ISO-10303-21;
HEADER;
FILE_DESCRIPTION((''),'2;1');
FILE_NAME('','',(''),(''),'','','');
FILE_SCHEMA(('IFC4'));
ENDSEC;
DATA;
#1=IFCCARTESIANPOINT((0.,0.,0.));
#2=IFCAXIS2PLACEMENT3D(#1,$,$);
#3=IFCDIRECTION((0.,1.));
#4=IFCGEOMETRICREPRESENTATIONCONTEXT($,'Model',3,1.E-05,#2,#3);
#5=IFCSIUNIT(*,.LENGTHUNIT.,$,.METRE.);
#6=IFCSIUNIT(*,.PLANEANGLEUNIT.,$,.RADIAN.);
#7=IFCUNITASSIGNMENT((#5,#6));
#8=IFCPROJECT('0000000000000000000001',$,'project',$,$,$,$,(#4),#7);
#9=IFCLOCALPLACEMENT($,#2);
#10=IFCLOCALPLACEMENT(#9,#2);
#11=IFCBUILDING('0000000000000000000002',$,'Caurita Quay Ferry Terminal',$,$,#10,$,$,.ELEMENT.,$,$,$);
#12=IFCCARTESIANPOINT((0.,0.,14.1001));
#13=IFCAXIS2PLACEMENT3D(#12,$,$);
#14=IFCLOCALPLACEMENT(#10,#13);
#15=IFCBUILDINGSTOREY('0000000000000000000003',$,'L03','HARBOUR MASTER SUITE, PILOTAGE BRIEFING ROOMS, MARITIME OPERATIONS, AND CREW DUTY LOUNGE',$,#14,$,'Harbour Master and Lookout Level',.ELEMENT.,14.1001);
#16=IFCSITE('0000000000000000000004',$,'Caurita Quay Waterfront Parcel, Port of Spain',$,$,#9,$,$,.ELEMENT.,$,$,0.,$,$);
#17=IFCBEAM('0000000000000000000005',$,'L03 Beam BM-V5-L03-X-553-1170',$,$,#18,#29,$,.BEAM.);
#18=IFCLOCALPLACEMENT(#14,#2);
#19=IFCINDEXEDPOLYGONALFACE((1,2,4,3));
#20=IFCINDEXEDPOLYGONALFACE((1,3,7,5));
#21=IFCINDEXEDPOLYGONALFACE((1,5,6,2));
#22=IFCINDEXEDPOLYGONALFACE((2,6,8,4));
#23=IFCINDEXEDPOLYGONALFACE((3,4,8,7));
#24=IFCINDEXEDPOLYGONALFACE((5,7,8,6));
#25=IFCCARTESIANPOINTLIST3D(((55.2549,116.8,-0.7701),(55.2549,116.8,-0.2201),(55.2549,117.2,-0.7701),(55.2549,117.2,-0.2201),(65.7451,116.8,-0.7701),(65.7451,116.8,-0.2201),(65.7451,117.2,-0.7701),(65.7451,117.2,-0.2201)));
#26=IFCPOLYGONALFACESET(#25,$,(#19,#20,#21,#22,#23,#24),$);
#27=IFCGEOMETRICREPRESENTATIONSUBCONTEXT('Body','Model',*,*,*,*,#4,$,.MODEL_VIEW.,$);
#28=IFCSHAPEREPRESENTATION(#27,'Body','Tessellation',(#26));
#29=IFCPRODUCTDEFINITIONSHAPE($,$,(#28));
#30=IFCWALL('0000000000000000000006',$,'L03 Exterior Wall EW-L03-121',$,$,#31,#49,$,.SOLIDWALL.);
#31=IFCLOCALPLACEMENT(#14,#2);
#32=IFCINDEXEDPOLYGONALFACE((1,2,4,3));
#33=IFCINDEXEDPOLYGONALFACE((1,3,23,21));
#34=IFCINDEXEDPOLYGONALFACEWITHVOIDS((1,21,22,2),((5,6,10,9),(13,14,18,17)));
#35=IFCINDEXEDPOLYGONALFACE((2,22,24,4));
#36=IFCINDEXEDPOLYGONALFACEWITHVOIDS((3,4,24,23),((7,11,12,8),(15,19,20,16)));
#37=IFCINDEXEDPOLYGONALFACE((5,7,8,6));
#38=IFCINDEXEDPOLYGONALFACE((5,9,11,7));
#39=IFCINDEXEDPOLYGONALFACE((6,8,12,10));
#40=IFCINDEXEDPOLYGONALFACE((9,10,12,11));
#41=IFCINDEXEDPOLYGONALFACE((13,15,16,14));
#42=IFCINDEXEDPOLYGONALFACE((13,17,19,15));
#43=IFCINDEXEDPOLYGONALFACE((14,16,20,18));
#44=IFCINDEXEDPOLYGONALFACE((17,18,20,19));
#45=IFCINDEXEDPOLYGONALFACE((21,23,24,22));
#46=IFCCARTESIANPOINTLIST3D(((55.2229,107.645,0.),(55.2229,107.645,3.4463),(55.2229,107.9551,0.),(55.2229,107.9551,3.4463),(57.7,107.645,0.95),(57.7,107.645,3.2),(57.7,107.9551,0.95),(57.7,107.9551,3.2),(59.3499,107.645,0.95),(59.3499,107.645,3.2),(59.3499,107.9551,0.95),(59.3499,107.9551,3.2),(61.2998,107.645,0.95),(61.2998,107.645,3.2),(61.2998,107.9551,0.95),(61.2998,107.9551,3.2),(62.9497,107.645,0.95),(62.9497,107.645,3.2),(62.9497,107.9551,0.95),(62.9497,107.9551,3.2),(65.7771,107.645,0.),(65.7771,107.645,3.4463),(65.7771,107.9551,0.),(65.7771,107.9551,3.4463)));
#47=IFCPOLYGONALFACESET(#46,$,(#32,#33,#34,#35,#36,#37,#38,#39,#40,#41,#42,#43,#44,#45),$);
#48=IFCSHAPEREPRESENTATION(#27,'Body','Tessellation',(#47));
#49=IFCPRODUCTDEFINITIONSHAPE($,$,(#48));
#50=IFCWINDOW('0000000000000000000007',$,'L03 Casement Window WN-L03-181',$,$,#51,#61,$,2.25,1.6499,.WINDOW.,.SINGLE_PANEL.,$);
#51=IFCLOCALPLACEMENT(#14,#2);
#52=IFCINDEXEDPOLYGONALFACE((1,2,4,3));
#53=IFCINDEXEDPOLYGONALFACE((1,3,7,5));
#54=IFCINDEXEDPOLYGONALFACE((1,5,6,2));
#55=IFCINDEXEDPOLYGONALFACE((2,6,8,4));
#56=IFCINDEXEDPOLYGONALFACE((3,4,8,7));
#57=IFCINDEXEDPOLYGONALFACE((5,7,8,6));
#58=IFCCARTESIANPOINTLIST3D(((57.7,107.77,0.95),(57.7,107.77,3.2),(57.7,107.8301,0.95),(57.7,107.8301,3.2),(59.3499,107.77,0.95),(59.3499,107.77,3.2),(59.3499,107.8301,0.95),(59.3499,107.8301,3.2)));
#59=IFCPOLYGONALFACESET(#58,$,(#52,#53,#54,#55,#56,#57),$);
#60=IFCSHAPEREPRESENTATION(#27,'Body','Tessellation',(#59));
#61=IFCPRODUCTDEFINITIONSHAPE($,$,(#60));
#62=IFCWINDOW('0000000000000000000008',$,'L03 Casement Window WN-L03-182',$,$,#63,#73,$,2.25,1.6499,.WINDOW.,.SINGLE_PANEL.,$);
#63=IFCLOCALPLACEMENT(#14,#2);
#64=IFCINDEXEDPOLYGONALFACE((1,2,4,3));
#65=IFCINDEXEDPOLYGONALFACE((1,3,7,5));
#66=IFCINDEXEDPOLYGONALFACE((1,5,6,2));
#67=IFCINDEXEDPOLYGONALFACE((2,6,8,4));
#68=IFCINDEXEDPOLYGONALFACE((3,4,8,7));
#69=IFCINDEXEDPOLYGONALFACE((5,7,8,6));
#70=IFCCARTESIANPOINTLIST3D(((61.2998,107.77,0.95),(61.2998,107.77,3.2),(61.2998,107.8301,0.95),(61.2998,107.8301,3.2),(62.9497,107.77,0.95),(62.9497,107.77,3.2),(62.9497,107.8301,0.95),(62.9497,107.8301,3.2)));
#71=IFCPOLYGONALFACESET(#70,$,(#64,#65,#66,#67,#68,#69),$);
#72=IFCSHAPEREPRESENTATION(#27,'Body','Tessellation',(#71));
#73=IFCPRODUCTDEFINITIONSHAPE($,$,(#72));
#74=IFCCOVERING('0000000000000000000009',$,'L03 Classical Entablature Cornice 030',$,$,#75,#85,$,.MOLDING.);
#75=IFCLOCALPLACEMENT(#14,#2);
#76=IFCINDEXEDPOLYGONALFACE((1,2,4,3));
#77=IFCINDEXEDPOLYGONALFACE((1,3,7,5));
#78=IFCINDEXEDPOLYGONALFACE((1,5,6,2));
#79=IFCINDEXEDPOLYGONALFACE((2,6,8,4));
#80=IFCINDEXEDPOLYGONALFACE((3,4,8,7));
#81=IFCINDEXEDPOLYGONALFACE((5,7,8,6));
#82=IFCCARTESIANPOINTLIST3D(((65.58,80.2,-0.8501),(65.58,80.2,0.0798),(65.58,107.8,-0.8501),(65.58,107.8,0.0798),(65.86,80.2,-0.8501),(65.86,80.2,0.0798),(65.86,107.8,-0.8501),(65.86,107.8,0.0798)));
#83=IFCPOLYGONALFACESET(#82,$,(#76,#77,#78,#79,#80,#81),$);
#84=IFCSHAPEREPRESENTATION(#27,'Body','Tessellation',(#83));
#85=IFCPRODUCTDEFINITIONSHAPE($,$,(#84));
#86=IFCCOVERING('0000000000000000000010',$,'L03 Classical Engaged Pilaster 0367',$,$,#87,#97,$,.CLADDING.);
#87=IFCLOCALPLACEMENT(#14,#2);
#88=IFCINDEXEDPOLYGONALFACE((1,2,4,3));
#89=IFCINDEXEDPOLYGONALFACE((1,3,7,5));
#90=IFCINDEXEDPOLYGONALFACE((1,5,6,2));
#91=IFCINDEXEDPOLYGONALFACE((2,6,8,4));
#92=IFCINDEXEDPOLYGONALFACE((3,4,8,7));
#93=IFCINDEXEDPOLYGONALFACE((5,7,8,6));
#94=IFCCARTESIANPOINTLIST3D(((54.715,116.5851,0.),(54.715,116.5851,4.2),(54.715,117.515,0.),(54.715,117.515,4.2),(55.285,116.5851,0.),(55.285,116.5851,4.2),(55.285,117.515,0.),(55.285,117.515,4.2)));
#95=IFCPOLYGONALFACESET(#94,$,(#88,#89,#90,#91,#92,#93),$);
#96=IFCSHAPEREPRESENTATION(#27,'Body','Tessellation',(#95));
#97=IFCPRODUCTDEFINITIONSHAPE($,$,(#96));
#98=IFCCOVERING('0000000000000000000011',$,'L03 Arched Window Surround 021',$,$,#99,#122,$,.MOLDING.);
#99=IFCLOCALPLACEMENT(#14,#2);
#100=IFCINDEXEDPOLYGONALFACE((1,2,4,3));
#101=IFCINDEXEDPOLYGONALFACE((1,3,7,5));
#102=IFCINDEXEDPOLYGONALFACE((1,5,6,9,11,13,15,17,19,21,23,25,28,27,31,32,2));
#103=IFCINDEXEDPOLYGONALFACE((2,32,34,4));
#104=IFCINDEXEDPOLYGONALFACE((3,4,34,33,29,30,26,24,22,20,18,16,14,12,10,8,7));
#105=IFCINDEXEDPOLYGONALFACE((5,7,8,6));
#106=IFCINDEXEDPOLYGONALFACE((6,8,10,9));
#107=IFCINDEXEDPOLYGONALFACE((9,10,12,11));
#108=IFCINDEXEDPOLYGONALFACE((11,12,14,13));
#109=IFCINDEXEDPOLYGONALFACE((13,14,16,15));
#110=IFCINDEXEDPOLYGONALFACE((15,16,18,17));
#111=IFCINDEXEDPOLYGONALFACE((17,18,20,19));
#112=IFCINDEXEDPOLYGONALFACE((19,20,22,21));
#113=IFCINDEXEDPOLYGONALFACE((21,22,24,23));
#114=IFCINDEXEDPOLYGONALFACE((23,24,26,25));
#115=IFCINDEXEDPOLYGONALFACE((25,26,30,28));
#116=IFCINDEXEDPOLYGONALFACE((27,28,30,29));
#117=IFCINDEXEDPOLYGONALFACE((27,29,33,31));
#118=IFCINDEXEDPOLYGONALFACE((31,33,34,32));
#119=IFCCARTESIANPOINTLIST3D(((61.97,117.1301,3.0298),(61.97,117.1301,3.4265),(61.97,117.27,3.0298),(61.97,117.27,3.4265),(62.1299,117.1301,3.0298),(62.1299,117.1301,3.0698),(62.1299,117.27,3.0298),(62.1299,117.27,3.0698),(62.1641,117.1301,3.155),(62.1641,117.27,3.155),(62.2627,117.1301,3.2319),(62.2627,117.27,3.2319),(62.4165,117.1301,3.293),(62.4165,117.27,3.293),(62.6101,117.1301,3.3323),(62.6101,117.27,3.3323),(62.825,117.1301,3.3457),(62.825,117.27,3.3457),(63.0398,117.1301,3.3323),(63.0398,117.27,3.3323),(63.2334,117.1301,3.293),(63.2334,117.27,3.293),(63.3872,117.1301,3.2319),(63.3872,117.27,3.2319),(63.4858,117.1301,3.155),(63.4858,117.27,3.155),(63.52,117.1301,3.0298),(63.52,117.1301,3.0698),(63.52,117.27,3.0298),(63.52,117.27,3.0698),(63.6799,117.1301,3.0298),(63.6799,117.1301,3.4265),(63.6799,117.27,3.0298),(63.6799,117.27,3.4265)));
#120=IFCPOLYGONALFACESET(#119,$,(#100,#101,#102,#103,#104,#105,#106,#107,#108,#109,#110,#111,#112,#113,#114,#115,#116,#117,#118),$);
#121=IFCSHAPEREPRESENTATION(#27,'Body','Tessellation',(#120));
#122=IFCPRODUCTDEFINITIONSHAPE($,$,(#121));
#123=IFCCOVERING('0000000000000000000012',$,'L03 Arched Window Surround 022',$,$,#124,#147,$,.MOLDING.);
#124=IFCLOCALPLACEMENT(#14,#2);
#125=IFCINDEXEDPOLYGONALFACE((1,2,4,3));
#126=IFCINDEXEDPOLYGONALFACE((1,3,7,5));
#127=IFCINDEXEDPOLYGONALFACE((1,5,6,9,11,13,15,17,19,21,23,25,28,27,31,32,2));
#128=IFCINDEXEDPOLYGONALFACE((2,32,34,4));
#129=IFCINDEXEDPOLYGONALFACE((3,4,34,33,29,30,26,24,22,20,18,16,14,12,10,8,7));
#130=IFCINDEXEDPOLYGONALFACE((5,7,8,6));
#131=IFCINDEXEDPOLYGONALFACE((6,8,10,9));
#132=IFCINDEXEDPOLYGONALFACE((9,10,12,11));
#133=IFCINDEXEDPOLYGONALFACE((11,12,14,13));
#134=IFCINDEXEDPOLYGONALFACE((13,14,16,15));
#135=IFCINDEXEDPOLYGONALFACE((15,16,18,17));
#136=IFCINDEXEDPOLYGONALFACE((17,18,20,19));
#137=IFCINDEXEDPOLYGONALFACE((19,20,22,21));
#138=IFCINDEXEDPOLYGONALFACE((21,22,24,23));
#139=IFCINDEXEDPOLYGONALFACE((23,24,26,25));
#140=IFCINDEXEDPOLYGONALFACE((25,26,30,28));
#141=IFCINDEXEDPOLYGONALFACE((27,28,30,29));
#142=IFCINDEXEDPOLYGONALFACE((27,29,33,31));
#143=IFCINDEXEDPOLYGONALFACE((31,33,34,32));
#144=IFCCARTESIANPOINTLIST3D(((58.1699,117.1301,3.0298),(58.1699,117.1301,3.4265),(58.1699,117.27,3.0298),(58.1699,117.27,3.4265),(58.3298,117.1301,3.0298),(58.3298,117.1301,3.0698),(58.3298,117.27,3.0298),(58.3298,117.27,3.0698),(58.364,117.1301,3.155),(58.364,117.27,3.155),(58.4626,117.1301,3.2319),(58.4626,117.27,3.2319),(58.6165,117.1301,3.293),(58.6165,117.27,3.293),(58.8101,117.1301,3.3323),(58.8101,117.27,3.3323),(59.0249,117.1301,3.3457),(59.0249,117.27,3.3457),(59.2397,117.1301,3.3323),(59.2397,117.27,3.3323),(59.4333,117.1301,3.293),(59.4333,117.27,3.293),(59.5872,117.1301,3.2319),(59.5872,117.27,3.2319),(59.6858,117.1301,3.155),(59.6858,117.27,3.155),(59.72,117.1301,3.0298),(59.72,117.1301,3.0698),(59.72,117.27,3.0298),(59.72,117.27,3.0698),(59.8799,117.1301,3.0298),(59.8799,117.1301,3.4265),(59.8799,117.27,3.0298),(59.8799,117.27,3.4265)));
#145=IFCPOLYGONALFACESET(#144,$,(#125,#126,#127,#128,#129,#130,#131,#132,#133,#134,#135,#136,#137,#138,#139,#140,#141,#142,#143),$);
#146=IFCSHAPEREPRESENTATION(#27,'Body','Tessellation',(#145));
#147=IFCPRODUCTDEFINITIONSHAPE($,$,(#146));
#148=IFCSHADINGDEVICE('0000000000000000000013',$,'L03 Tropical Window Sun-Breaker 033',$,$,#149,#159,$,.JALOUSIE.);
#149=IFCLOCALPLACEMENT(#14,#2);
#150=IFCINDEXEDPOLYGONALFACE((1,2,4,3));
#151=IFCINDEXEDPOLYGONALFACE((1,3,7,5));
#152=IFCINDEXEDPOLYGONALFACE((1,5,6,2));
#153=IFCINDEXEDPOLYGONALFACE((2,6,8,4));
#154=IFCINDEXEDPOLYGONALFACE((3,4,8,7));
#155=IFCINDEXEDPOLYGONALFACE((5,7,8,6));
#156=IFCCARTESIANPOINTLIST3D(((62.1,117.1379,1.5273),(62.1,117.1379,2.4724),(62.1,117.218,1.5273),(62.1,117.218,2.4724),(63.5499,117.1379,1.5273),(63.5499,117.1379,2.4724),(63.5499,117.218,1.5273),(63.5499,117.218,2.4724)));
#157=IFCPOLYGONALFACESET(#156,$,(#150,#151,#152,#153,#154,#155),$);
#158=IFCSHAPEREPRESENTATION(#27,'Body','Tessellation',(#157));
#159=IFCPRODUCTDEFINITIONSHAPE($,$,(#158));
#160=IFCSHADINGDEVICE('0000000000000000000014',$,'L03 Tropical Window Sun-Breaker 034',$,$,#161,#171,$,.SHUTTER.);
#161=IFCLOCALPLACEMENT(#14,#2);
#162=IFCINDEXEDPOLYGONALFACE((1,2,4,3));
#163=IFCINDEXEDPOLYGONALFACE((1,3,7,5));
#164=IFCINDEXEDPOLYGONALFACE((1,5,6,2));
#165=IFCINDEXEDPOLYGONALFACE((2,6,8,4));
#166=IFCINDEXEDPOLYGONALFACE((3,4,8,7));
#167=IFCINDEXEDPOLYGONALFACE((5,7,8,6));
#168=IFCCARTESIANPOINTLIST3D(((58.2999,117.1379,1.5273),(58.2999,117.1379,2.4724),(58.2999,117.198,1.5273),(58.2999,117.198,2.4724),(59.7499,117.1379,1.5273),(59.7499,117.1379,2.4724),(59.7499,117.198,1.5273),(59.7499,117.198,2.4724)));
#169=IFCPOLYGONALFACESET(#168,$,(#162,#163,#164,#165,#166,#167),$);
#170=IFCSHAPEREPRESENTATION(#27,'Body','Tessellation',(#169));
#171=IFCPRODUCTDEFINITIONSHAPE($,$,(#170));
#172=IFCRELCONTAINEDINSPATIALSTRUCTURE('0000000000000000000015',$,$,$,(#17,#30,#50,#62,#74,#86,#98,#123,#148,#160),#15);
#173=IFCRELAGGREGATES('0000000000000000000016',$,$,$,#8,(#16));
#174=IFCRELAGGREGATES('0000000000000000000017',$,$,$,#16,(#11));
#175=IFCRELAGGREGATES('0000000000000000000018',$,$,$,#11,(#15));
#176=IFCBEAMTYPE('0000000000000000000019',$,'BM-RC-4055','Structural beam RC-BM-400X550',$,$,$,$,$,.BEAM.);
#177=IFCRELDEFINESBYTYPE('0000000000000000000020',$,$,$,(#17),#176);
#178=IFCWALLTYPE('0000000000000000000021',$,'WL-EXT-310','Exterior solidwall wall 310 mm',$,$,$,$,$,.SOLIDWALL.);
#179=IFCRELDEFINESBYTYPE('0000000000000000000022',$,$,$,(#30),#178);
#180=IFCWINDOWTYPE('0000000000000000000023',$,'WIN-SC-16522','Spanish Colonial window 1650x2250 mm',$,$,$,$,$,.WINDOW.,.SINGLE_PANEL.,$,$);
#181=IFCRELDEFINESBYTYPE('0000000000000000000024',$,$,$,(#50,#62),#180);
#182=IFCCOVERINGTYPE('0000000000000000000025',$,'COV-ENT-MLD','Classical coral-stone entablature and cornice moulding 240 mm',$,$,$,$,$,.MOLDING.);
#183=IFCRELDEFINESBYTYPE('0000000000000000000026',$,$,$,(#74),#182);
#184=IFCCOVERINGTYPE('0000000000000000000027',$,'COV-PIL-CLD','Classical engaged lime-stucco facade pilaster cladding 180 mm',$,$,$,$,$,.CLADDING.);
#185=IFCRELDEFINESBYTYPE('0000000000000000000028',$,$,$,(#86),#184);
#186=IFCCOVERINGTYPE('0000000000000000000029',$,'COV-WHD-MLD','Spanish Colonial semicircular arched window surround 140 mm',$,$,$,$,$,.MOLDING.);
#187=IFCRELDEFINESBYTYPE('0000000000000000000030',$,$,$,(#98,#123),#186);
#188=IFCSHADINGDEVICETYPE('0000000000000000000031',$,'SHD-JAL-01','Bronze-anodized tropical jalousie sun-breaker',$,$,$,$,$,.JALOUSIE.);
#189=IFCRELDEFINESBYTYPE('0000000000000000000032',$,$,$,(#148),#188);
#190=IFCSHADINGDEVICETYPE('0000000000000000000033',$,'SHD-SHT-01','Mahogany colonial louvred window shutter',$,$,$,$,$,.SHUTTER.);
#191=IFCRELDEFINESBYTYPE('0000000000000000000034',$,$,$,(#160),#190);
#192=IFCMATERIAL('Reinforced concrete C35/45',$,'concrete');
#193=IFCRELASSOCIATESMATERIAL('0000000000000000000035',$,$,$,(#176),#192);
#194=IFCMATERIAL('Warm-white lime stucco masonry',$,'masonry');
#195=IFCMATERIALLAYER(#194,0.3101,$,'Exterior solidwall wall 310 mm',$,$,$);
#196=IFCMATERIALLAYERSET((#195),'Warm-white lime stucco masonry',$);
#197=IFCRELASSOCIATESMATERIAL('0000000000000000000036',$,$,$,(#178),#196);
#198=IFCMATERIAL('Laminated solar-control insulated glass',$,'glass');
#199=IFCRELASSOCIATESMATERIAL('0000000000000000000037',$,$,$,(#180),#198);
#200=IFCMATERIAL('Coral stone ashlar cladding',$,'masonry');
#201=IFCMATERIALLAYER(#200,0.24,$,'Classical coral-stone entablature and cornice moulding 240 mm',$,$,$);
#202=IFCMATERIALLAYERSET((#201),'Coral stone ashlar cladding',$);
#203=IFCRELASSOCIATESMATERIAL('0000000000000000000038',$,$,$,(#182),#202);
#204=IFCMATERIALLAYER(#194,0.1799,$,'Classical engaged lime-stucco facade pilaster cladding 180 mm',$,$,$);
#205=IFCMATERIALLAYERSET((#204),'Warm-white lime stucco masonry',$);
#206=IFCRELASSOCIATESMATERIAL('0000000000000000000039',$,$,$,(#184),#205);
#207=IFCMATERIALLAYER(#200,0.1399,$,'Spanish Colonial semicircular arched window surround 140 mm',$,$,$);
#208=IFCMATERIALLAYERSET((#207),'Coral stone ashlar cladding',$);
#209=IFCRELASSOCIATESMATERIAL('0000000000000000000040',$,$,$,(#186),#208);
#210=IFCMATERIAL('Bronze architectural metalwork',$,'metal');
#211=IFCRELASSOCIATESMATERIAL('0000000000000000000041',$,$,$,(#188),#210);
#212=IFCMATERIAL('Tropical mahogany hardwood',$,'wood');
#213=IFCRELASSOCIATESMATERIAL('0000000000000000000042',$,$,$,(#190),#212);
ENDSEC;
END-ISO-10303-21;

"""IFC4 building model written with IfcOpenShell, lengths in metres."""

from ifc_helpers import new_model, si_unit, direction, frame, frame_2d, origin, origin_2d, place, context, subcontext, project, spatial, polyline, rectangle, outline, extrude, material, layer, layer_set, material_profile, profile_set, type_object, element, fill, save


model = new_model("IFC4")

# Units and contexts
model_context = context("Model", 3, precision=1e-05, world=origin(), true_north=direction((0.0, 1.0)))
body_context = subcontext(model_context, "Body", "Model", "MODEL_VIEW")
ifc_project = project(units=[si_unit("LENGTHUNIT", "METRE"), si_unit("PLANEANGLEUNIT", "RADIAN")], contexts=[model_context])

# Site, building, storey
site_placement = place(None, origin())
site = spatial("IfcSite", under=ifc_project, at=site_placement, Name="Caurita Quay Waterfront Parcel, Port of Spain", CompositionType="ELEMENT", RefElevation=0.0)
building_placement = place(site_placement, origin())
building = spatial("IfcBuilding", under=site, at=building_placement, Name="Caurita Quay Ferry Terminal", CompositionType="ELEMENT")
storey_placement = place(building_placement, frame((0.0, 0.0, 14.1001)))
storey = spatial("IfcBuildingStorey", under=building, at=storey_placement, Name="L03", Description="HARBOUR MASTER SUITE, PILOTAGE BRIEFING ROOMS, MARITIME OPERATIONS, AND CREW DUTY LOUNGE", LongName="Harbour Master and Lookout Level", CompositionType="ELEMENT", Elevation=14.1001)

# Shared definitions
ifc_material_1 = material(Name="Reinforced concrete C35/45", Category="concrete")

# Beam
ifc_material_profile_1 = material_profile(ifc_material_1, rectangle(XDim=0.3999, YDim=0.55, at=origin_2d()), Name="RC-BM-400X550")
ifc_profile_set_1 = profile_set([ifc_material_profile_1], Name="Reinforced concrete C35/45")
beam_type_1 = type_object("IfcBeamType", Name="BM-RC-4055", Description="Structural beam RC-BM-400X550", PredefinedType="BEAM", material=ifc_profile_set_1)
for number, where, z_axis, x_axis, name in (
    (1, (55.2549, 117.0, -0.4951), (1.0, 0.0, 0.0), (0.0, 1.0, 0.0), "L03 Beam BM-V5-L03-X-553-1170"),
):
    element("IfcBeam", number, at=place(storey_placement, frame(where, z_axis=z_axis, x_axis=x_axis)), inside=storey, type_object=beam_type_1, Name=name, PredefinedType="BEAM", context=body_context, shape_type="SweptSolid", body=[
        extrude(rectangle(XDim=0.3999, YDim=0.55, at=origin_2d()), origin(), (0.0, 0.0, 1.0), 10.4902),
    ])

# Wall, openings, windows
ifc_material_2 = material(Name="Warm-white lime stucco masonry", Category="masonry")
ifc_layer_1 = layer(ifc_material_2, 0.3101, Name="Exterior solidwall wall 310 mm")
ifc_layer_set_1 = layer_set([ifc_layer_1], Name="Warm-white lime stucco masonry")
wall_type = type_object("IfcWallType", Name="WL-EXT-310", Description="Exterior solidwall wall 310 mm", PredefinedType="SOLIDWALL", material=ifc_layer_set_1)
wall_placement = place(storey_placement, frame((55.2229, 107.8, 0.0), z_axis=(0.0, 0.0, 1.0), x_axis=(1.0, 0.0, 0.0)))
wall = element("IfcWall", 2, at=wall_placement, inside=storey, type_object=wall_type, Name="L03 Exterior Wall EW-L03-121", PredefinedType="SOLIDWALL", context=body_context, shape_type="SweptSolid", body=[
    extrude(rectangle(XDim=10.5542, YDim=0.3101, at=frame_2d((5.2771, 0.0))), origin(), (0.0, 0.0, 1.0), 3.4463),
])
opening_1_placement = place(wall_placement, frame((2.4771, 0.0, 0.95)))
opening_1 = element("IfcOpeningElement", 3, at=opening_1_placement, cuts=wall, PredefinedType="OPENING", context=body_context, shape_type="SweptSolid", body=[
    extrude(rectangle(XDim=1.6499, YDim=2.25, at=frame_2d((0.825, 1.125))), frame((0.0, 0.165, 0.0), z_axis=(0.0, -1.0, 0.0), x_axis=(1.0, 0.0, 0.0)), (0.0, 0.0, 1.0), 0.3301),
])
opening_2_placement = place(wall_placement, frame((6.0769, 0.0, 0.95)))
opening_2 = element("IfcOpeningElement", 4, at=opening_2_placement, cuts=wall, PredefinedType="OPENING", context=body_context, shape_type="SweptSolid", body=[
    extrude(rectangle(XDim=1.6499, YDim=2.25, at=frame_2d((0.825, 1.125))), frame((0.0, 0.165, 0.0), z_axis=(0.0, -1.0, 0.0), x_axis=(1.0, 0.0, 0.0)), (0.0, 0.0, 1.0), 0.3301),
])
ifc_material_3 = material(Name="Laminated solar-control insulated glass", Category="glass")
window_type = type_object("IfcWindowType", Name="WIN-SC-16522", Description="Spanish Colonial window 1650x2250 mm", PartitioningType="SINGLE_PANEL", PredefinedType="WINDOW", material=ifc_material_3)
window_1_placement = place(opening_1_placement, origin())
window_1 = element("IfcWindow", 5, at=window_1_placement, inside=storey, type_object=window_type, Name="L03 Casement Window WN-L03-181", OverallHeight=2.25, OverallWidth=1.6499, PartitioningType="SINGLE_PANEL", PredefinedType="WINDOW", context=body_context, shape_type="SweptSolid", body=[
    extrude(rectangle(XDim=1.6499, YDim=2.25, at=frame_2d((0.825, 1.125))), frame((0.0, 0.03, 0.0), z_axis=(0.0, -1.0, 0.0), x_axis=(1.0, 0.0, 0.0)), (0.0, 0.0, 1.0), 0.0601),
])
fill(opening_1, window_1)
window_2_placement = place(opening_2_placement, origin())
window_2 = element("IfcWindow", 6, at=window_2_placement, inside=storey, type_object=window_type, Name="L03 Casement Window WN-L03-182", OverallHeight=2.25, OverallWidth=1.6499, PartitioningType="SINGLE_PANEL", PredefinedType="WINDOW", context=body_context, shape_type="SweptSolid", body=[
    extrude(rectangle(XDim=1.6499, YDim=2.25, at=frame_2d((0.825, 1.125))), frame((0.0, 0.03, 0.0), z_axis=(0.0, -1.0, 0.0), x_axis=(1.0, 0.0, 0.0)), (0.0, 0.0, 1.0), 0.0601),
])
fill(opening_2, window_2)

# Coverings
ifc_material_4 = material(Name="Coral stone ashlar cladding", Category="masonry")
ifc_layer_2 = layer(ifc_material_4, 0.24, Name="Classical coral-stone entablature and cornice moulding 240 mm")
ifc_layer_set_2 = layer_set([ifc_layer_2], Name="Coral stone ashlar cladding")
covering_type_1 = type_object("IfcCoveringType", Name="COV-ENT-MLD", Description="Classical coral-stone entablature and cornice moulding 240 mm", PredefinedType="MOLDING", material=ifc_layer_set_2)
covering_1_placement = place(storey_placement, frame((65.72, 107.8, -0.8501), z_axis=(0.0, 0.0, 1.0), x_axis=(0.0, -1.0, 0.0)))
element("IfcCovering", 7, at=covering_1_placement, inside=storey, type_object=covering_type_1, Name="L03 Classical Entablature Cornice 030", PredefinedType="MOLDING", context=body_context, shape_type="SweptSolid", body=[
    extrude(rectangle(XDim=27.6001, YDim=0.28, at=frame_2d((13.8, 0.0))), origin(), (0.0, 0.0, 1.0), 0.9299),
])
ifc_layer_3 = layer(ifc_material_2, 0.1799, Name="Classical engaged lime-stucco facade pilaster cladding 180 mm")
ifc_layer_set_3 = layer_set([ifc_layer_3], Name="Warm-white lime stucco masonry")
covering_type_2 = type_object("IfcCoveringType", Name="COV-PIL-CLD", Description="Classical engaged lime-stucco facade pilaster cladding 180 mm", PredefinedType="CLADDING", material=ifc_layer_set_3)
covering_2_placement = place(storey_placement, frame((55.0, 117.05, 0.0), z_axis=(0.0, 0.0, 1.0), x_axis=(1.0, 0.0, 0.0)))
element("IfcCovering", 8, at=covering_2_placement, inside=storey, type_object=covering_type_2, Name="L03 Classical Engaged Pilaster 0367", PredefinedType="CLADDING", context=body_context, shape_type="SweptSolid", body=[
    extrude(rectangle(XDim=0.5701, YDim=0.9299, at=origin_2d()), origin(), (0.0, 0.0, 1.0), 4.2),
])
ifc_layer_4 = layer(ifc_material_4, 0.1399, Name="Spanish Colonial semicircular arched window surround 140 mm")
ifc_layer_set_4 = layer_set([ifc_layer_4], Name="Coral stone ashlar cladding")
covering_type_3 = type_object("IfcCoveringType", Name="COV-WHD-MLD", Description="Spanish Colonial semicircular arched window surround 140 mm", PredefinedType="MOLDING", material=ifc_layer_set_4)
for number, where, z_axis, x_axis, name in (
    (9, (63.6799, 117.2, 3.0298), (0.0, 0.0, 1.0), (-1.0, 0.0, 0.0), "L03 Arched Window Surround 021"),
    (10, (59.8799, 117.2, 3.0298), (0.0, 0.0, 1.0), (-1.0, 0.0, 0.0), "L03 Arched Window Surround 022"),
):
    element("IfcCovering", number, at=place(storey_placement, frame(where, z_axis=z_axis, x_axis=x_axis)), inside=storey, type_object=covering_type_3, Name=name, PredefinedType="MOLDING", context=body_context, shape_type="SweptSolid", body=[
        extrude(outline(polyline([(0.0, 0.0), (0.1599, 0.0), (0.1599, 0.04), (0.1941, 0.1252), (0.2927, 0.2021), (0.4465, 0.2632), (0.6401, 0.3025), (0.855, 0.3159), (1.0698, 0.3025), (1.2634, 0.2632), (1.4172, 0.2021), (1.5159, 0.1252), (1.55, 0.04), (1.55, 0.0), (1.71, 0.0), (1.71, 0.3967), (0.0, 0.3967), (0.0, 0.0)])), frame((0.0, 0.0698, 0.0), z_axis=(0.0, -1.0, 0.0), x_axis=(1.0, 0.0, 0.0)), (0.0, 0.0, 1.0), 0.1399),
    ])

# Shading devices
ifc_material_5 = material(Name="Bronze architectural metalwork", Category="metal")
shading_device_type_1 = type_object("IfcShadingDeviceType", Name="SHD-JAL-01", Description="Bronze-anodized tropical jalousie sun-breaker", PredefinedType="JALOUSIE", material=ifc_material_5)
shading_device_1_placement = place(storey_placement, frame((62.825, 117.178, 1.5273), z_axis=(0.0, 0.0, 1.0), x_axis=(-1.0, 0.0, 0.0)))
element("IfcShadingDevice", 11, at=shading_device_1_placement, inside=storey, type_object=shading_device_type_1, Name="L03 Tropical Window Sun-Breaker 033", PredefinedType="JALOUSIE", context=body_context, shape_type="SweptSolid", body=[
    extrude(rectangle(XDim=1.45, YDim=0.0801, at=origin_2d()), origin(), (0.0, 0.0, 1.0), 0.9451),
])
ifc_material_6 = material(Name="Tropical mahogany hardwood", Category="wood")
shading_device_type_2 = type_object("IfcShadingDeviceType", Name="SHD-SHT-01", Description="Mahogany colonial louvred window shutter", PredefinedType="SHUTTER", material=ifc_material_6)
shading_device_2_placement = place(storey_placement, frame((59.0249, 117.168, 1.5273), z_axis=(0.0, 0.0, 1.0), x_axis=(-1.0, 0.0, 0.0)))
element("IfcShadingDevice", 12, at=shading_device_2_placement, inside=storey, type_object=shading_device_type_2, Name="L03 Tropical Window Sun-Breaker 034", PredefinedType="SHUTTER", context=body_context, shape_type="SweptSolid", body=[
    extrude(rectangle(XDim=1.45, YDim=0.0601, at=origin_2d()), origin(), (0.0, 0.0, 1.0), 0.9451),
])

save(model, "model.ifc")
